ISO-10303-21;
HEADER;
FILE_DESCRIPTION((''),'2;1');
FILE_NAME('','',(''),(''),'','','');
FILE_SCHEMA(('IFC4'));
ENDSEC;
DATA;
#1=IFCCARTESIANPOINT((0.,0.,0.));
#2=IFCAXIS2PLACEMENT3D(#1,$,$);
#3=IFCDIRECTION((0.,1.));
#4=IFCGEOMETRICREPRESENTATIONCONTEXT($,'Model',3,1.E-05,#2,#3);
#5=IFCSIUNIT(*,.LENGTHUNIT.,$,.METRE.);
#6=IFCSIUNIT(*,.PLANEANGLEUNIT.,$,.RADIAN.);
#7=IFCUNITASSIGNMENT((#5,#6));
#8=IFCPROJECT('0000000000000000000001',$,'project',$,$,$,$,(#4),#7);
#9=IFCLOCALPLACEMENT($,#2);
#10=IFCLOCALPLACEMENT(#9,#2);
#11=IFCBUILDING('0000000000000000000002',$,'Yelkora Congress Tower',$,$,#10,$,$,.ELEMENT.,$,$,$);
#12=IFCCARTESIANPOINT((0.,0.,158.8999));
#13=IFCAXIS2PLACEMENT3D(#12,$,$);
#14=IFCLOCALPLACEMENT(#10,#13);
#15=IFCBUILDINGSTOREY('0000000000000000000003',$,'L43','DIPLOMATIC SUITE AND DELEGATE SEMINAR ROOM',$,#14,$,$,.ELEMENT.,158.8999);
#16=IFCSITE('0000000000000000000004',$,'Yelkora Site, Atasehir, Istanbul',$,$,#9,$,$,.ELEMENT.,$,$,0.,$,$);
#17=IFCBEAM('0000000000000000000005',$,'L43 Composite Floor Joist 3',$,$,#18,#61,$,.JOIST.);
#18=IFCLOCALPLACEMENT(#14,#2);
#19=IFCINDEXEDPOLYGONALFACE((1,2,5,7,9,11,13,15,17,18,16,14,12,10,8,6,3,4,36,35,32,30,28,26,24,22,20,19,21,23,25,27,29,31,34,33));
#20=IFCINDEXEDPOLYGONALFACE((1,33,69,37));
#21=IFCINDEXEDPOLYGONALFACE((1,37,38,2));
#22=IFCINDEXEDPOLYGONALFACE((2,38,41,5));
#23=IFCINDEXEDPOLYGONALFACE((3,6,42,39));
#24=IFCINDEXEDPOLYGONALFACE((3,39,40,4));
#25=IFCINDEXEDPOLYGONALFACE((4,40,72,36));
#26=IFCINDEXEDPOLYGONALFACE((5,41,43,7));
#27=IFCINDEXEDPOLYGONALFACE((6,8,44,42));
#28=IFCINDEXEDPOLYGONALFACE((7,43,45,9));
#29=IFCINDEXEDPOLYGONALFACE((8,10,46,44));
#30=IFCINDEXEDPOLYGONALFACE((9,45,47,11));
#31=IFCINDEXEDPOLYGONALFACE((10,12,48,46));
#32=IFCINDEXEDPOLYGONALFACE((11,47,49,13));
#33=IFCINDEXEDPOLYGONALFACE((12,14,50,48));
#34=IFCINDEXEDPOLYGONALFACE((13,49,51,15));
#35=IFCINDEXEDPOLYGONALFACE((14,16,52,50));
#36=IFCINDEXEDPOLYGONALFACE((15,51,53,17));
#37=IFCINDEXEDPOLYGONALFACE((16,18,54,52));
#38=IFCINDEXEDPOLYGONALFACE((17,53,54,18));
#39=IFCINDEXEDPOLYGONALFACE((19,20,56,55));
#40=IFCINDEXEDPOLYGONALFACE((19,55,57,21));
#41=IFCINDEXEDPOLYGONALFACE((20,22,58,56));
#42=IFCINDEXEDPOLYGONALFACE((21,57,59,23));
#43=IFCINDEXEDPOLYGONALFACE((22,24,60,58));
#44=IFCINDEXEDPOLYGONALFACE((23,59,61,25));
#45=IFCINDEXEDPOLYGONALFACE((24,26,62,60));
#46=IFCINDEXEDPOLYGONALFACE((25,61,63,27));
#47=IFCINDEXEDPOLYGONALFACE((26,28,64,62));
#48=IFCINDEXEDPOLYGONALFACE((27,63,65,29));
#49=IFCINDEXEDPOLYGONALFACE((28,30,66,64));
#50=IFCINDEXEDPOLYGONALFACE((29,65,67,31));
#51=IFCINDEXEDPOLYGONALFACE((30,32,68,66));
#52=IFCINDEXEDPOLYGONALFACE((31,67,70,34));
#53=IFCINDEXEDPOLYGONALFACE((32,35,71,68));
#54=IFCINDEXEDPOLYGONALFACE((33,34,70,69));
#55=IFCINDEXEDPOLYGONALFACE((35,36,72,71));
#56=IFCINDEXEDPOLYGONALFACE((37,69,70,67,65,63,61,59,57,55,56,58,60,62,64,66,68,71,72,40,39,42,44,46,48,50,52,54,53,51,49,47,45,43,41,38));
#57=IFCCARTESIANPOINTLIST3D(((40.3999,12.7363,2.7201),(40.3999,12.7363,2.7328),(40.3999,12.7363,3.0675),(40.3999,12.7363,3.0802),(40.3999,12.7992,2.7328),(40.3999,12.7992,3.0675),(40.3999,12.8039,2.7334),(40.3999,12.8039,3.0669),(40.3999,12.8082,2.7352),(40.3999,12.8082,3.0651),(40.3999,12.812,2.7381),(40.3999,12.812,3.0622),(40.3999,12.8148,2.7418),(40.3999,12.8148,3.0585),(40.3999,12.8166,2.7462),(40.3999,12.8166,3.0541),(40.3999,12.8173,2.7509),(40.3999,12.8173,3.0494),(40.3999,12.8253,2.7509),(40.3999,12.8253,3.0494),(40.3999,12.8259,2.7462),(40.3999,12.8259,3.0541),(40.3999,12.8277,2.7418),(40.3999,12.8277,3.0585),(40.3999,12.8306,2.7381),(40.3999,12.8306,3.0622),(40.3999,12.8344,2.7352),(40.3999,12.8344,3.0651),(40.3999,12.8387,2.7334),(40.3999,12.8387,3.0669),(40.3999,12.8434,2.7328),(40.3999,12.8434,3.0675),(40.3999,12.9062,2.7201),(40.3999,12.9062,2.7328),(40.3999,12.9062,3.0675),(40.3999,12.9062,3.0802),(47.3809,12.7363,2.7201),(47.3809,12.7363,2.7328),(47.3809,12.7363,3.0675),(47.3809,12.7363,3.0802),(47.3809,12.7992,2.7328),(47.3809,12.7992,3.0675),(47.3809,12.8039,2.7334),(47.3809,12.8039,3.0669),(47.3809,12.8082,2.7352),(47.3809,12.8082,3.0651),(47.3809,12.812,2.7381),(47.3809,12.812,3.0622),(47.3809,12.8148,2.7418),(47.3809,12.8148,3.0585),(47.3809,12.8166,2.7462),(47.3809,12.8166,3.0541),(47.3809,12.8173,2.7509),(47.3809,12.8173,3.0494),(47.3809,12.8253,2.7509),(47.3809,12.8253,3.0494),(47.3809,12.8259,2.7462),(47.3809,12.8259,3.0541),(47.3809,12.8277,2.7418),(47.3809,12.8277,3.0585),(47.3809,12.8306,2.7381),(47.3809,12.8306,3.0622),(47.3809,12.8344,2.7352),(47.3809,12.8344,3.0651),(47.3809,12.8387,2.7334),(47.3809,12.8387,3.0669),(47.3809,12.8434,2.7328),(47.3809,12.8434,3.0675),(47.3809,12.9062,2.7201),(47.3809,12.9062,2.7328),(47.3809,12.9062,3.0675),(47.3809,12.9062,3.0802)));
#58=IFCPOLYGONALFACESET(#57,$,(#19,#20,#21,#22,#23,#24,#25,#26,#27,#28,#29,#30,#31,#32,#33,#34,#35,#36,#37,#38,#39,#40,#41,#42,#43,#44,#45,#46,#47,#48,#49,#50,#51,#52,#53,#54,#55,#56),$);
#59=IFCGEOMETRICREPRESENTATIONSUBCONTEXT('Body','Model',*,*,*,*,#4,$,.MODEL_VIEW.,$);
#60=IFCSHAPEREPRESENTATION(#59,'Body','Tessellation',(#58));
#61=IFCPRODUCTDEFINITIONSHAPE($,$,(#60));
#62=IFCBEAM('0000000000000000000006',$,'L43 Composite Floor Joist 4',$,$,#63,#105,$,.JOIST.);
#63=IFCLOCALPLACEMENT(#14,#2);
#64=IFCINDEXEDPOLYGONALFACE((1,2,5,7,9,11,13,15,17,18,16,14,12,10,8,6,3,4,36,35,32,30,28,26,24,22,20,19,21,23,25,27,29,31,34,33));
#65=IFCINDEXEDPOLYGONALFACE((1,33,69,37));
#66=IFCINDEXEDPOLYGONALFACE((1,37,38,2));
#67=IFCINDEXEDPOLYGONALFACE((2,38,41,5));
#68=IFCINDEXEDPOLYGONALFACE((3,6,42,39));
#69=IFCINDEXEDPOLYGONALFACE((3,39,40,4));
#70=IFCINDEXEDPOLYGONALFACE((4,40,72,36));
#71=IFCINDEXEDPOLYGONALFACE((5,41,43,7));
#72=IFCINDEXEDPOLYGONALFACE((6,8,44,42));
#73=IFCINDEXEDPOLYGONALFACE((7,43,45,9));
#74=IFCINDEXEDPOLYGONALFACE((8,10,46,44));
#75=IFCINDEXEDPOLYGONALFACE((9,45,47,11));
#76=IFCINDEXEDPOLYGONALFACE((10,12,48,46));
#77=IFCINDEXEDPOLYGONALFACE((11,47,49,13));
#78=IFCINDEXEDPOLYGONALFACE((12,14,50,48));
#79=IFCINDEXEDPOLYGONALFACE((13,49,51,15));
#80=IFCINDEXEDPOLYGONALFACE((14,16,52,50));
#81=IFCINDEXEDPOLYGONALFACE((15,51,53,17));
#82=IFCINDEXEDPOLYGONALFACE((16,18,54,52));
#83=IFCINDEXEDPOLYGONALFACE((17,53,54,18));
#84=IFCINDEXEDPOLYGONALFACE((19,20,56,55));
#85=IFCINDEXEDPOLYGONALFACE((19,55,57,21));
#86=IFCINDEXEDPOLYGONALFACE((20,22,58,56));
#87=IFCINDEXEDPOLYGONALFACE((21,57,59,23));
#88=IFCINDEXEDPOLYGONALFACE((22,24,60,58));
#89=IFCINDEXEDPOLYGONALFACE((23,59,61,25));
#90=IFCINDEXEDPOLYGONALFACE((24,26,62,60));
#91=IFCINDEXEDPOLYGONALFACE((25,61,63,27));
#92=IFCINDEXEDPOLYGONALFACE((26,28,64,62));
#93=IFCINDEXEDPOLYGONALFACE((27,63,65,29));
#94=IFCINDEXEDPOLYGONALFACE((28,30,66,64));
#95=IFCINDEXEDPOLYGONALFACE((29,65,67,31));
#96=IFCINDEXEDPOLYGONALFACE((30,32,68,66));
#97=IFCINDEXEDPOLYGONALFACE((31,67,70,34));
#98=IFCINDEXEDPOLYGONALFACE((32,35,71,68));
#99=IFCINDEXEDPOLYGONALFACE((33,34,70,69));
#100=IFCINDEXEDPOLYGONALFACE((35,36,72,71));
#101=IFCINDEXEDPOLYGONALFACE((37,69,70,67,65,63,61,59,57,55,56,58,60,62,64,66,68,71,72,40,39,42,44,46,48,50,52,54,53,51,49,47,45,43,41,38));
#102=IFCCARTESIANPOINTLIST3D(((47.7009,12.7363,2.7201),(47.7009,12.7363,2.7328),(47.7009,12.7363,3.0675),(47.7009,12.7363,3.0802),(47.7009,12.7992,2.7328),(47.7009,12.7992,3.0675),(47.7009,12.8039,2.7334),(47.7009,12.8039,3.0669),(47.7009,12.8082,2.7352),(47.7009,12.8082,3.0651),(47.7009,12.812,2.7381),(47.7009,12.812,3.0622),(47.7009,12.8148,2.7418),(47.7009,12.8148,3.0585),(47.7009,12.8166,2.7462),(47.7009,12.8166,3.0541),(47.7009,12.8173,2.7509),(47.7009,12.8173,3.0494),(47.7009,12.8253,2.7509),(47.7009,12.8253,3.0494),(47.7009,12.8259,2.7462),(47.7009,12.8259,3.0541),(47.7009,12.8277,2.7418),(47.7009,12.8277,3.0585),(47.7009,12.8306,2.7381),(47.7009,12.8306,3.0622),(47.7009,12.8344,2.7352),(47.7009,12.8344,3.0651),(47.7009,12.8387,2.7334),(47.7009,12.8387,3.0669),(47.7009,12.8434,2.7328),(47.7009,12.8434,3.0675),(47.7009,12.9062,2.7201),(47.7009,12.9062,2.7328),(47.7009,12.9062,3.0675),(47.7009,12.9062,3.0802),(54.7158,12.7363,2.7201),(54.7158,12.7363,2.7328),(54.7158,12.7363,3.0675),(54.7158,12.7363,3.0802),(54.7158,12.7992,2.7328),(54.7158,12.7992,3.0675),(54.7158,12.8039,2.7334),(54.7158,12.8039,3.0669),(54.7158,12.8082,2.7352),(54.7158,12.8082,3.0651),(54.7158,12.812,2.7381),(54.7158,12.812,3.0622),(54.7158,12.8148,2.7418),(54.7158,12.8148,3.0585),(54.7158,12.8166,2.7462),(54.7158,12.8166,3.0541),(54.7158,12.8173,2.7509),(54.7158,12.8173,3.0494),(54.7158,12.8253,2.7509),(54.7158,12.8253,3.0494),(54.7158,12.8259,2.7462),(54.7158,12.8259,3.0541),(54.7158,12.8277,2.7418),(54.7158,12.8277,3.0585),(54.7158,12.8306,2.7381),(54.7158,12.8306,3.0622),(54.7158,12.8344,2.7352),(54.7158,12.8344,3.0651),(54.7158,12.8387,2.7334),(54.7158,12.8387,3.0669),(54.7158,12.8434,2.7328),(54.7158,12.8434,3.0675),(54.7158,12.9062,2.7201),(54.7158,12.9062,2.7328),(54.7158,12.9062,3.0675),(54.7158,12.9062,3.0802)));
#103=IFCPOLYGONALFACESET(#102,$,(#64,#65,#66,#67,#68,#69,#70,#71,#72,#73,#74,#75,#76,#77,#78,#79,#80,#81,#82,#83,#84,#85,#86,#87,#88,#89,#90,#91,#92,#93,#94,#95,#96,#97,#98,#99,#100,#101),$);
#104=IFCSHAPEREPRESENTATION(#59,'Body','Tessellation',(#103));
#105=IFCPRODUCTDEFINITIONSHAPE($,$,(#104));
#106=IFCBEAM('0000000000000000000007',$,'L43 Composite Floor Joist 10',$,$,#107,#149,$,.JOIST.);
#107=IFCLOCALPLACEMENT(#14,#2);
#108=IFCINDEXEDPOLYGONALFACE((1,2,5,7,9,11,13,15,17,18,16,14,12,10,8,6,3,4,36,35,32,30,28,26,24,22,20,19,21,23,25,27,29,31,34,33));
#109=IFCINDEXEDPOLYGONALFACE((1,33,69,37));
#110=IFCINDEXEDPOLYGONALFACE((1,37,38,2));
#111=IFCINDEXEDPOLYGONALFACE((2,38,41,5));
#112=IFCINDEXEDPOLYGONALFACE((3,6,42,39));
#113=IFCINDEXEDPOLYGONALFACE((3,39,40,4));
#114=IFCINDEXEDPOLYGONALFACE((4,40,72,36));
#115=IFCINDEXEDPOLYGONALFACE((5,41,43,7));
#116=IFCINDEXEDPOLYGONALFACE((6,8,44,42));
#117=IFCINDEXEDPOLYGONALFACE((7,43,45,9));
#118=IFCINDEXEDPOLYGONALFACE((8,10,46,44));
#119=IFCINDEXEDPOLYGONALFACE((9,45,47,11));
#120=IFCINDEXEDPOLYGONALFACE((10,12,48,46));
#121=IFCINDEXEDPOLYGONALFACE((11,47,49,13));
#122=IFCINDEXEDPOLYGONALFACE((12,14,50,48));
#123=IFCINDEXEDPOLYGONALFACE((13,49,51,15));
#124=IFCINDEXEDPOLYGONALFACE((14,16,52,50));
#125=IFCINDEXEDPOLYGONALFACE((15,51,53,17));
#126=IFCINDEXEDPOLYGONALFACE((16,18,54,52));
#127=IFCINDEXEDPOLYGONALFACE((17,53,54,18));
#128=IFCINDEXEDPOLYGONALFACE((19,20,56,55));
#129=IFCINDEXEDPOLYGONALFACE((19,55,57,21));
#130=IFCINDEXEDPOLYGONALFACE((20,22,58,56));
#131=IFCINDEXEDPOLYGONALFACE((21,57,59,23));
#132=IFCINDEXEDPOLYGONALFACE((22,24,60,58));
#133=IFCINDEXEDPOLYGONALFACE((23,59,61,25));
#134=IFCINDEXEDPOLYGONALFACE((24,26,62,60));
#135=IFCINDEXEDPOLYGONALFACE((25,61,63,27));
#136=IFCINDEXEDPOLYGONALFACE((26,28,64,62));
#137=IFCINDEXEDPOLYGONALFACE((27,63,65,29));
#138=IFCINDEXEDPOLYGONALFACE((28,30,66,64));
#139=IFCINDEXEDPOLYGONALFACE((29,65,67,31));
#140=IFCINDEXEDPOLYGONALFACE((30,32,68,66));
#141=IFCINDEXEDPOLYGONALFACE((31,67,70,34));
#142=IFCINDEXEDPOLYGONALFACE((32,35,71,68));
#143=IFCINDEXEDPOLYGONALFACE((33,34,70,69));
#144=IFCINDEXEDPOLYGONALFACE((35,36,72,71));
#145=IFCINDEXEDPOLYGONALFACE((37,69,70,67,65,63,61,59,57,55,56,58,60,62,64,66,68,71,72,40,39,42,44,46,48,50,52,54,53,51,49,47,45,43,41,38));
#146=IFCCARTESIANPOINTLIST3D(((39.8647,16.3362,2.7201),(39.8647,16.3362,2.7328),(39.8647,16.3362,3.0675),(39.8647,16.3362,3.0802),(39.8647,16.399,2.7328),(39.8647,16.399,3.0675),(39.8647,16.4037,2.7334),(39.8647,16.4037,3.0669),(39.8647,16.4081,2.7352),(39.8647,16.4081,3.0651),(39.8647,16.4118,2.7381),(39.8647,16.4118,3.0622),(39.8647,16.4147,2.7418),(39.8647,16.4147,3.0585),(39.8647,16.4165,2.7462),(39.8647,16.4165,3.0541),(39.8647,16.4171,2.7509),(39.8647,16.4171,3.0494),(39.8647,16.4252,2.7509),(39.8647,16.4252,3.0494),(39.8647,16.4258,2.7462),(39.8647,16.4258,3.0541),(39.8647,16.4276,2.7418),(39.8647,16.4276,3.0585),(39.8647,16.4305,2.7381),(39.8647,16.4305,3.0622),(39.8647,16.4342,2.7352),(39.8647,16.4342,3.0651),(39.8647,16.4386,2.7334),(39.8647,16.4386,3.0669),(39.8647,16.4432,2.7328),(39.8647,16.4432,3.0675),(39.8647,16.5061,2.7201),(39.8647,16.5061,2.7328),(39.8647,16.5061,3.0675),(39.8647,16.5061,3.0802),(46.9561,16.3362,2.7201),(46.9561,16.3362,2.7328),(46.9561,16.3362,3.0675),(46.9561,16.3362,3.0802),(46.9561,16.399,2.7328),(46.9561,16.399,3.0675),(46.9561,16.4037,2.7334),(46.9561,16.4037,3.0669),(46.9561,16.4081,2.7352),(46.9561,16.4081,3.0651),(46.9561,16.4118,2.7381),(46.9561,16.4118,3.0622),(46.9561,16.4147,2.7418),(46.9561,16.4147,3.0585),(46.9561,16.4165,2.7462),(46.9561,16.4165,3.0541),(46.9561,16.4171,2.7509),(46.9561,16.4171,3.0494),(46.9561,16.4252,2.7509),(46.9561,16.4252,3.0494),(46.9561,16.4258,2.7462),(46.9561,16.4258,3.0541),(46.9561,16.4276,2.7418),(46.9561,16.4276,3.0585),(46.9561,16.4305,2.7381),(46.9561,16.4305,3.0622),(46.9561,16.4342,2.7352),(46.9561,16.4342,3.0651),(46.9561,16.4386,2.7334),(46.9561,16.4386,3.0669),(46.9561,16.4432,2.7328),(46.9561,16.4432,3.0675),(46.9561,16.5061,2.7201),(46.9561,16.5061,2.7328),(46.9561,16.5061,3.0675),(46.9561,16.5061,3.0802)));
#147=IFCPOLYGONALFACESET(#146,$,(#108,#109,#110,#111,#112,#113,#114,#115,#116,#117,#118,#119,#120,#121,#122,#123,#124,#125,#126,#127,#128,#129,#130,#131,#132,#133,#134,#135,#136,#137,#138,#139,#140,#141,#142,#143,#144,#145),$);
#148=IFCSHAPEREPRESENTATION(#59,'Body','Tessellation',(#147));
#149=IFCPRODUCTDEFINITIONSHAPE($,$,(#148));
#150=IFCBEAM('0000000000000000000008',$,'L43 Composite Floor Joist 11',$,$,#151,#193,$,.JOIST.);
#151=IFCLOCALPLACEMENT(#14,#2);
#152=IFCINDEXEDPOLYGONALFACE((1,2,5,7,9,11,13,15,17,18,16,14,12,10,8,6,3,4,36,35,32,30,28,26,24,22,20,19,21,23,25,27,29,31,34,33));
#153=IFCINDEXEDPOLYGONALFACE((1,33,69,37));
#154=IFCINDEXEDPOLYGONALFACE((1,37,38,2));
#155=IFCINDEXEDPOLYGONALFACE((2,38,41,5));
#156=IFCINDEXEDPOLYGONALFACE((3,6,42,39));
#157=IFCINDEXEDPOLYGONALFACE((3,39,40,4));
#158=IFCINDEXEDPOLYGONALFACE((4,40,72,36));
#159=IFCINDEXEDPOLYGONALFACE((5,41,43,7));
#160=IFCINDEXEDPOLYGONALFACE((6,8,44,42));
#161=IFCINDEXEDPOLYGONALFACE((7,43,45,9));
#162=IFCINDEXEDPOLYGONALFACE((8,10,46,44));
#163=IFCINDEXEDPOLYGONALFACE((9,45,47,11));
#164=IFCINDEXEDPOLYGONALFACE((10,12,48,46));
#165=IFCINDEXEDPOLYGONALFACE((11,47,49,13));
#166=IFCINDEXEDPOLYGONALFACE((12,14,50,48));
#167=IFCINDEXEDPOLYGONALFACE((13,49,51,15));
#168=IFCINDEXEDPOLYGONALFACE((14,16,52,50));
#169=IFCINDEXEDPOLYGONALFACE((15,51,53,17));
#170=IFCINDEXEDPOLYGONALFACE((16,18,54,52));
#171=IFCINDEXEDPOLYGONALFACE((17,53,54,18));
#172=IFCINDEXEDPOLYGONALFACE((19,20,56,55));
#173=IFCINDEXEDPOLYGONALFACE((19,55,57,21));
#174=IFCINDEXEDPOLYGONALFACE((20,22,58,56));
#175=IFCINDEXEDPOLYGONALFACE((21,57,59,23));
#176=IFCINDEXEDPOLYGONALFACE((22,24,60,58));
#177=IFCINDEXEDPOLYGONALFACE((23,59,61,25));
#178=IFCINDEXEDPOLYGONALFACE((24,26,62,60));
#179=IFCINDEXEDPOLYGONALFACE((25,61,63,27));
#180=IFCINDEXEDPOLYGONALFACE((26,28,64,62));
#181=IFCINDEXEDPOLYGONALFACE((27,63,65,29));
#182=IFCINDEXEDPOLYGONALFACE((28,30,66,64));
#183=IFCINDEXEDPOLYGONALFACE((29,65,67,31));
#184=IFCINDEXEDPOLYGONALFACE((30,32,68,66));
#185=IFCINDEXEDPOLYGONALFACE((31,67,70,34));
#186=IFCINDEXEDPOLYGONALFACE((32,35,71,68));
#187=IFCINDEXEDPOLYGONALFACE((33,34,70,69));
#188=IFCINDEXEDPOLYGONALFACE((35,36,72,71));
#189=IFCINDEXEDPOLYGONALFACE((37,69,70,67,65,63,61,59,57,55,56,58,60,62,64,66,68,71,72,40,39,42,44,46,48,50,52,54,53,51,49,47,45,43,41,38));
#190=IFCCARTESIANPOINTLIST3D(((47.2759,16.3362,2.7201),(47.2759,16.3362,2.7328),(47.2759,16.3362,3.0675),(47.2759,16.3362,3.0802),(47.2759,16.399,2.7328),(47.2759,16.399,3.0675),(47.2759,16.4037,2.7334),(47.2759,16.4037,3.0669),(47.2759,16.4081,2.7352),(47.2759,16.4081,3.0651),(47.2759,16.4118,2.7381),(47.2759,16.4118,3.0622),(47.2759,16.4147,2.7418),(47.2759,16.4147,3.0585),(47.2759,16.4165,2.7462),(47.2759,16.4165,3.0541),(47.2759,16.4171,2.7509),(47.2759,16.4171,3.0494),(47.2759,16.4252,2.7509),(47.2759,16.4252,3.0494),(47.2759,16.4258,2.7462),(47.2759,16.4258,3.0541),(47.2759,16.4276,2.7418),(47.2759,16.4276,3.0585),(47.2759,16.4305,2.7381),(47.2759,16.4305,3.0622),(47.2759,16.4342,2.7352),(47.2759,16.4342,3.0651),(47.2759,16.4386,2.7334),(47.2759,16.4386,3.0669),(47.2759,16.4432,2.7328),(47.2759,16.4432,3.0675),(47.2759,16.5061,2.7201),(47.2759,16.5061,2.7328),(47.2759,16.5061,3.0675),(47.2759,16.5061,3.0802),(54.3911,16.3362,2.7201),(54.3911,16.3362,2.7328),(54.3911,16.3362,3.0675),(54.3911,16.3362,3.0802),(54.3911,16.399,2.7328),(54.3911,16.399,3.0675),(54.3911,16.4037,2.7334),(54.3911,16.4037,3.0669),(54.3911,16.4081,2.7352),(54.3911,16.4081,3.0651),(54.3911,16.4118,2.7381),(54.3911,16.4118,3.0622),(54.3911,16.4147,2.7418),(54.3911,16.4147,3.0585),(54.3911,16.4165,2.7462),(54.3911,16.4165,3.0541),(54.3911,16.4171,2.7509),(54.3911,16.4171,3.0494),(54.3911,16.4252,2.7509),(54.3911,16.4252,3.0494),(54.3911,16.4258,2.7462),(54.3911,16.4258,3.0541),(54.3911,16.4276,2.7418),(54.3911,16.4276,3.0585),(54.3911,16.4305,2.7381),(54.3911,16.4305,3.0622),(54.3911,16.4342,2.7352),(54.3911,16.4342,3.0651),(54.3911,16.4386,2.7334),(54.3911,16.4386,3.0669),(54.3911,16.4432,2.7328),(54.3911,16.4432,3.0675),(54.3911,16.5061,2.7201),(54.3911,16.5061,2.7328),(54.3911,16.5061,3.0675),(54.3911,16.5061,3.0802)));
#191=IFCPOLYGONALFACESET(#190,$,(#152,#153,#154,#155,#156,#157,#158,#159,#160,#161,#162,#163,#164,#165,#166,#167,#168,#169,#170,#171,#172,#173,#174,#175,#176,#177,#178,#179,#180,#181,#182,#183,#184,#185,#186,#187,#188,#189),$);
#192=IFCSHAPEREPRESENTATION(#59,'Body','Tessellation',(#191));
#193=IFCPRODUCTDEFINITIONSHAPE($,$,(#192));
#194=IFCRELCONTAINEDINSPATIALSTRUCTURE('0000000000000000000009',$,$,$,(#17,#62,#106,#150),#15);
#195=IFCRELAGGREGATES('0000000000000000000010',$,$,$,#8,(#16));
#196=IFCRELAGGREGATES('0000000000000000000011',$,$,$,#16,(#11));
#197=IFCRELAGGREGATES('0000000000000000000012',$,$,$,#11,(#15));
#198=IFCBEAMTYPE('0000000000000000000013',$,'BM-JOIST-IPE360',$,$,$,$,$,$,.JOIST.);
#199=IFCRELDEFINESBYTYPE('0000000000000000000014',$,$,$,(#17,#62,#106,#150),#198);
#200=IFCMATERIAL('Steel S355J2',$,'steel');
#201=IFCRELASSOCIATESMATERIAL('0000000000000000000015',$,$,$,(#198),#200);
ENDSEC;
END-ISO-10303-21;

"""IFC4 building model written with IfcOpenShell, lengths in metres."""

from ifc_helpers import new_model, si_unit, direction, frame, origin, origin_2d, place, context, subcontext, project, spatial, i_section, extrude, material, material_profile, profile_set, type_object, element, save


model = new_model("IFC4")

# Units and contexts
model_context = context("Model", 3, precision=1e-05, world=origin(), true_north=direction((0.0, 1.0)))
body_context = subcontext(model_context, "Body", "Model", "MODEL_VIEW")
ifc_project = project(units=[si_unit("LENGTHUNIT", "METRE"), si_unit("PLANEANGLEUNIT", "RADIAN")], contexts=[model_context])

# Site, building, storey
site_placement = place(None, origin())
site = spatial("IfcSite", under=ifc_project, at=site_placement, Name="Yelkora Site, Atasehir, Istanbul", CompositionType="ELEMENT", RefElevation=0.0)
building_placement = place(site_placement, origin())
building = spatial("IfcBuilding", under=site, at=building_placement, Name="Yelkora Congress Tower", CompositionType="ELEMENT")
storey_placement = place(building_placement, frame((0.0, 0.0, 158.8999)))
storey = spatial("IfcBuildingStorey", under=building, at=storey_placement, Name="L43", Description="DIPLOMATIC SUITE AND DELEGATE SEMINAR ROOM", CompositionType="ELEMENT", Elevation=158.8999)

# Beams
ifc_material_1 = material(Name="Steel S355J2", Category="steel")
ifc_material_profile_1 = material_profile(ifc_material_1, i_section(OverallWidth=0.1699, OverallDepth=0.3601, WebThickness=0.0081, FlangeThickness=0.0127, FilletRadius=0.0181, at=origin_2d()), Name="IPE 360")
ifc_profile_set_1 = profile_set([ifc_material_profile_1], Name="Steel S355J2")
beam_type_1 = type_object("IfcBeamType", Name="BM-JOIST-IPE360", PredefinedType="JOIST", material=ifc_profile_set_1)
beam_1_placement = place(storey_placement, frame((40.3999, 12.8213, 2.9001), z_axis=(1.0, 0.0, 0.0), x_axis=(0.0, 1.0, 0.0)))
element("IfcBeam", 1, at=beam_1_placement, inside=storey, type_object=beam_type_1, Name="L43 Composite Floor Joist 3", PredefinedType="JOIST", context=body_context, shape_type="SweptSolid", body=[
    extrude(i_section(OverallWidth=0.1699, OverallDepth=0.3601, WebThickness=0.0081, FlangeThickness=0.0127, FilletRadius=0.0181, at=origin_2d()), origin(), (0.0, 0.0, 1.0), 6.981),
])
beam_2_placement = place(storey_placement, frame((47.7009, 12.8213, 2.9001), z_axis=(1.0, 0.0, 0.0), x_axis=(0.0, 1.0, 0.0)))
element("IfcBeam", 2, at=beam_2_placement, inside=storey, type_object=beam_type_1, Name="L43 Composite Floor Joist 4", PredefinedType="JOIST", context=body_context, shape_type="SweptSolid", body=[
    extrude(i_section(OverallWidth=0.1699, OverallDepth=0.3601, WebThickness=0.0081, FlangeThickness=0.0127, FilletRadius=0.0181, at=origin_2d()), origin(), (0.0, 0.0, 1.0), 7.0149),
])
beam_3_placement = place(storey_placement, frame((39.8647, 16.4211, 2.9001), z_axis=(1.0, 0.0, 0.0), x_axis=(0.0, 1.0, 0.0)))
element("IfcBeam", 3, at=beam_3_placement, inside=storey, type_object=beam_type_1, Name="L43 Composite Floor Joist 10", PredefinedType="JOIST", context=body_context, shape_type="SweptSolid", body=[
    extrude(i_section(OverallWidth=0.1699, OverallDepth=0.3601, WebThickness=0.0081, FlangeThickness=0.0127, FilletRadius=0.0181, at=origin_2d()), origin(), (0.0, 0.0, 1.0), 7.0913),
])
beam_4_placement = place(storey_placement, frame((47.2759, 16.4211, 2.9001), z_axis=(1.0, 0.0, 0.0), x_axis=(0.0, 1.0, 0.0)))
element("IfcBeam", 4, at=beam_4_placement, inside=storey, type_object=beam_type_1, Name="L43 Composite Floor Joist 11", PredefinedType="JOIST", context=body_context, shape_type="SweptSolid", body=[
    extrude(i_section(OverallWidth=0.1699, OverallDepth=0.3601, WebThickness=0.0081, FlangeThickness=0.0127, FilletRadius=0.0181, at=origin_2d()), origin(), (0.0, 0.0, 1.0), 7.1152),
])

save(model, "model.ifc")
